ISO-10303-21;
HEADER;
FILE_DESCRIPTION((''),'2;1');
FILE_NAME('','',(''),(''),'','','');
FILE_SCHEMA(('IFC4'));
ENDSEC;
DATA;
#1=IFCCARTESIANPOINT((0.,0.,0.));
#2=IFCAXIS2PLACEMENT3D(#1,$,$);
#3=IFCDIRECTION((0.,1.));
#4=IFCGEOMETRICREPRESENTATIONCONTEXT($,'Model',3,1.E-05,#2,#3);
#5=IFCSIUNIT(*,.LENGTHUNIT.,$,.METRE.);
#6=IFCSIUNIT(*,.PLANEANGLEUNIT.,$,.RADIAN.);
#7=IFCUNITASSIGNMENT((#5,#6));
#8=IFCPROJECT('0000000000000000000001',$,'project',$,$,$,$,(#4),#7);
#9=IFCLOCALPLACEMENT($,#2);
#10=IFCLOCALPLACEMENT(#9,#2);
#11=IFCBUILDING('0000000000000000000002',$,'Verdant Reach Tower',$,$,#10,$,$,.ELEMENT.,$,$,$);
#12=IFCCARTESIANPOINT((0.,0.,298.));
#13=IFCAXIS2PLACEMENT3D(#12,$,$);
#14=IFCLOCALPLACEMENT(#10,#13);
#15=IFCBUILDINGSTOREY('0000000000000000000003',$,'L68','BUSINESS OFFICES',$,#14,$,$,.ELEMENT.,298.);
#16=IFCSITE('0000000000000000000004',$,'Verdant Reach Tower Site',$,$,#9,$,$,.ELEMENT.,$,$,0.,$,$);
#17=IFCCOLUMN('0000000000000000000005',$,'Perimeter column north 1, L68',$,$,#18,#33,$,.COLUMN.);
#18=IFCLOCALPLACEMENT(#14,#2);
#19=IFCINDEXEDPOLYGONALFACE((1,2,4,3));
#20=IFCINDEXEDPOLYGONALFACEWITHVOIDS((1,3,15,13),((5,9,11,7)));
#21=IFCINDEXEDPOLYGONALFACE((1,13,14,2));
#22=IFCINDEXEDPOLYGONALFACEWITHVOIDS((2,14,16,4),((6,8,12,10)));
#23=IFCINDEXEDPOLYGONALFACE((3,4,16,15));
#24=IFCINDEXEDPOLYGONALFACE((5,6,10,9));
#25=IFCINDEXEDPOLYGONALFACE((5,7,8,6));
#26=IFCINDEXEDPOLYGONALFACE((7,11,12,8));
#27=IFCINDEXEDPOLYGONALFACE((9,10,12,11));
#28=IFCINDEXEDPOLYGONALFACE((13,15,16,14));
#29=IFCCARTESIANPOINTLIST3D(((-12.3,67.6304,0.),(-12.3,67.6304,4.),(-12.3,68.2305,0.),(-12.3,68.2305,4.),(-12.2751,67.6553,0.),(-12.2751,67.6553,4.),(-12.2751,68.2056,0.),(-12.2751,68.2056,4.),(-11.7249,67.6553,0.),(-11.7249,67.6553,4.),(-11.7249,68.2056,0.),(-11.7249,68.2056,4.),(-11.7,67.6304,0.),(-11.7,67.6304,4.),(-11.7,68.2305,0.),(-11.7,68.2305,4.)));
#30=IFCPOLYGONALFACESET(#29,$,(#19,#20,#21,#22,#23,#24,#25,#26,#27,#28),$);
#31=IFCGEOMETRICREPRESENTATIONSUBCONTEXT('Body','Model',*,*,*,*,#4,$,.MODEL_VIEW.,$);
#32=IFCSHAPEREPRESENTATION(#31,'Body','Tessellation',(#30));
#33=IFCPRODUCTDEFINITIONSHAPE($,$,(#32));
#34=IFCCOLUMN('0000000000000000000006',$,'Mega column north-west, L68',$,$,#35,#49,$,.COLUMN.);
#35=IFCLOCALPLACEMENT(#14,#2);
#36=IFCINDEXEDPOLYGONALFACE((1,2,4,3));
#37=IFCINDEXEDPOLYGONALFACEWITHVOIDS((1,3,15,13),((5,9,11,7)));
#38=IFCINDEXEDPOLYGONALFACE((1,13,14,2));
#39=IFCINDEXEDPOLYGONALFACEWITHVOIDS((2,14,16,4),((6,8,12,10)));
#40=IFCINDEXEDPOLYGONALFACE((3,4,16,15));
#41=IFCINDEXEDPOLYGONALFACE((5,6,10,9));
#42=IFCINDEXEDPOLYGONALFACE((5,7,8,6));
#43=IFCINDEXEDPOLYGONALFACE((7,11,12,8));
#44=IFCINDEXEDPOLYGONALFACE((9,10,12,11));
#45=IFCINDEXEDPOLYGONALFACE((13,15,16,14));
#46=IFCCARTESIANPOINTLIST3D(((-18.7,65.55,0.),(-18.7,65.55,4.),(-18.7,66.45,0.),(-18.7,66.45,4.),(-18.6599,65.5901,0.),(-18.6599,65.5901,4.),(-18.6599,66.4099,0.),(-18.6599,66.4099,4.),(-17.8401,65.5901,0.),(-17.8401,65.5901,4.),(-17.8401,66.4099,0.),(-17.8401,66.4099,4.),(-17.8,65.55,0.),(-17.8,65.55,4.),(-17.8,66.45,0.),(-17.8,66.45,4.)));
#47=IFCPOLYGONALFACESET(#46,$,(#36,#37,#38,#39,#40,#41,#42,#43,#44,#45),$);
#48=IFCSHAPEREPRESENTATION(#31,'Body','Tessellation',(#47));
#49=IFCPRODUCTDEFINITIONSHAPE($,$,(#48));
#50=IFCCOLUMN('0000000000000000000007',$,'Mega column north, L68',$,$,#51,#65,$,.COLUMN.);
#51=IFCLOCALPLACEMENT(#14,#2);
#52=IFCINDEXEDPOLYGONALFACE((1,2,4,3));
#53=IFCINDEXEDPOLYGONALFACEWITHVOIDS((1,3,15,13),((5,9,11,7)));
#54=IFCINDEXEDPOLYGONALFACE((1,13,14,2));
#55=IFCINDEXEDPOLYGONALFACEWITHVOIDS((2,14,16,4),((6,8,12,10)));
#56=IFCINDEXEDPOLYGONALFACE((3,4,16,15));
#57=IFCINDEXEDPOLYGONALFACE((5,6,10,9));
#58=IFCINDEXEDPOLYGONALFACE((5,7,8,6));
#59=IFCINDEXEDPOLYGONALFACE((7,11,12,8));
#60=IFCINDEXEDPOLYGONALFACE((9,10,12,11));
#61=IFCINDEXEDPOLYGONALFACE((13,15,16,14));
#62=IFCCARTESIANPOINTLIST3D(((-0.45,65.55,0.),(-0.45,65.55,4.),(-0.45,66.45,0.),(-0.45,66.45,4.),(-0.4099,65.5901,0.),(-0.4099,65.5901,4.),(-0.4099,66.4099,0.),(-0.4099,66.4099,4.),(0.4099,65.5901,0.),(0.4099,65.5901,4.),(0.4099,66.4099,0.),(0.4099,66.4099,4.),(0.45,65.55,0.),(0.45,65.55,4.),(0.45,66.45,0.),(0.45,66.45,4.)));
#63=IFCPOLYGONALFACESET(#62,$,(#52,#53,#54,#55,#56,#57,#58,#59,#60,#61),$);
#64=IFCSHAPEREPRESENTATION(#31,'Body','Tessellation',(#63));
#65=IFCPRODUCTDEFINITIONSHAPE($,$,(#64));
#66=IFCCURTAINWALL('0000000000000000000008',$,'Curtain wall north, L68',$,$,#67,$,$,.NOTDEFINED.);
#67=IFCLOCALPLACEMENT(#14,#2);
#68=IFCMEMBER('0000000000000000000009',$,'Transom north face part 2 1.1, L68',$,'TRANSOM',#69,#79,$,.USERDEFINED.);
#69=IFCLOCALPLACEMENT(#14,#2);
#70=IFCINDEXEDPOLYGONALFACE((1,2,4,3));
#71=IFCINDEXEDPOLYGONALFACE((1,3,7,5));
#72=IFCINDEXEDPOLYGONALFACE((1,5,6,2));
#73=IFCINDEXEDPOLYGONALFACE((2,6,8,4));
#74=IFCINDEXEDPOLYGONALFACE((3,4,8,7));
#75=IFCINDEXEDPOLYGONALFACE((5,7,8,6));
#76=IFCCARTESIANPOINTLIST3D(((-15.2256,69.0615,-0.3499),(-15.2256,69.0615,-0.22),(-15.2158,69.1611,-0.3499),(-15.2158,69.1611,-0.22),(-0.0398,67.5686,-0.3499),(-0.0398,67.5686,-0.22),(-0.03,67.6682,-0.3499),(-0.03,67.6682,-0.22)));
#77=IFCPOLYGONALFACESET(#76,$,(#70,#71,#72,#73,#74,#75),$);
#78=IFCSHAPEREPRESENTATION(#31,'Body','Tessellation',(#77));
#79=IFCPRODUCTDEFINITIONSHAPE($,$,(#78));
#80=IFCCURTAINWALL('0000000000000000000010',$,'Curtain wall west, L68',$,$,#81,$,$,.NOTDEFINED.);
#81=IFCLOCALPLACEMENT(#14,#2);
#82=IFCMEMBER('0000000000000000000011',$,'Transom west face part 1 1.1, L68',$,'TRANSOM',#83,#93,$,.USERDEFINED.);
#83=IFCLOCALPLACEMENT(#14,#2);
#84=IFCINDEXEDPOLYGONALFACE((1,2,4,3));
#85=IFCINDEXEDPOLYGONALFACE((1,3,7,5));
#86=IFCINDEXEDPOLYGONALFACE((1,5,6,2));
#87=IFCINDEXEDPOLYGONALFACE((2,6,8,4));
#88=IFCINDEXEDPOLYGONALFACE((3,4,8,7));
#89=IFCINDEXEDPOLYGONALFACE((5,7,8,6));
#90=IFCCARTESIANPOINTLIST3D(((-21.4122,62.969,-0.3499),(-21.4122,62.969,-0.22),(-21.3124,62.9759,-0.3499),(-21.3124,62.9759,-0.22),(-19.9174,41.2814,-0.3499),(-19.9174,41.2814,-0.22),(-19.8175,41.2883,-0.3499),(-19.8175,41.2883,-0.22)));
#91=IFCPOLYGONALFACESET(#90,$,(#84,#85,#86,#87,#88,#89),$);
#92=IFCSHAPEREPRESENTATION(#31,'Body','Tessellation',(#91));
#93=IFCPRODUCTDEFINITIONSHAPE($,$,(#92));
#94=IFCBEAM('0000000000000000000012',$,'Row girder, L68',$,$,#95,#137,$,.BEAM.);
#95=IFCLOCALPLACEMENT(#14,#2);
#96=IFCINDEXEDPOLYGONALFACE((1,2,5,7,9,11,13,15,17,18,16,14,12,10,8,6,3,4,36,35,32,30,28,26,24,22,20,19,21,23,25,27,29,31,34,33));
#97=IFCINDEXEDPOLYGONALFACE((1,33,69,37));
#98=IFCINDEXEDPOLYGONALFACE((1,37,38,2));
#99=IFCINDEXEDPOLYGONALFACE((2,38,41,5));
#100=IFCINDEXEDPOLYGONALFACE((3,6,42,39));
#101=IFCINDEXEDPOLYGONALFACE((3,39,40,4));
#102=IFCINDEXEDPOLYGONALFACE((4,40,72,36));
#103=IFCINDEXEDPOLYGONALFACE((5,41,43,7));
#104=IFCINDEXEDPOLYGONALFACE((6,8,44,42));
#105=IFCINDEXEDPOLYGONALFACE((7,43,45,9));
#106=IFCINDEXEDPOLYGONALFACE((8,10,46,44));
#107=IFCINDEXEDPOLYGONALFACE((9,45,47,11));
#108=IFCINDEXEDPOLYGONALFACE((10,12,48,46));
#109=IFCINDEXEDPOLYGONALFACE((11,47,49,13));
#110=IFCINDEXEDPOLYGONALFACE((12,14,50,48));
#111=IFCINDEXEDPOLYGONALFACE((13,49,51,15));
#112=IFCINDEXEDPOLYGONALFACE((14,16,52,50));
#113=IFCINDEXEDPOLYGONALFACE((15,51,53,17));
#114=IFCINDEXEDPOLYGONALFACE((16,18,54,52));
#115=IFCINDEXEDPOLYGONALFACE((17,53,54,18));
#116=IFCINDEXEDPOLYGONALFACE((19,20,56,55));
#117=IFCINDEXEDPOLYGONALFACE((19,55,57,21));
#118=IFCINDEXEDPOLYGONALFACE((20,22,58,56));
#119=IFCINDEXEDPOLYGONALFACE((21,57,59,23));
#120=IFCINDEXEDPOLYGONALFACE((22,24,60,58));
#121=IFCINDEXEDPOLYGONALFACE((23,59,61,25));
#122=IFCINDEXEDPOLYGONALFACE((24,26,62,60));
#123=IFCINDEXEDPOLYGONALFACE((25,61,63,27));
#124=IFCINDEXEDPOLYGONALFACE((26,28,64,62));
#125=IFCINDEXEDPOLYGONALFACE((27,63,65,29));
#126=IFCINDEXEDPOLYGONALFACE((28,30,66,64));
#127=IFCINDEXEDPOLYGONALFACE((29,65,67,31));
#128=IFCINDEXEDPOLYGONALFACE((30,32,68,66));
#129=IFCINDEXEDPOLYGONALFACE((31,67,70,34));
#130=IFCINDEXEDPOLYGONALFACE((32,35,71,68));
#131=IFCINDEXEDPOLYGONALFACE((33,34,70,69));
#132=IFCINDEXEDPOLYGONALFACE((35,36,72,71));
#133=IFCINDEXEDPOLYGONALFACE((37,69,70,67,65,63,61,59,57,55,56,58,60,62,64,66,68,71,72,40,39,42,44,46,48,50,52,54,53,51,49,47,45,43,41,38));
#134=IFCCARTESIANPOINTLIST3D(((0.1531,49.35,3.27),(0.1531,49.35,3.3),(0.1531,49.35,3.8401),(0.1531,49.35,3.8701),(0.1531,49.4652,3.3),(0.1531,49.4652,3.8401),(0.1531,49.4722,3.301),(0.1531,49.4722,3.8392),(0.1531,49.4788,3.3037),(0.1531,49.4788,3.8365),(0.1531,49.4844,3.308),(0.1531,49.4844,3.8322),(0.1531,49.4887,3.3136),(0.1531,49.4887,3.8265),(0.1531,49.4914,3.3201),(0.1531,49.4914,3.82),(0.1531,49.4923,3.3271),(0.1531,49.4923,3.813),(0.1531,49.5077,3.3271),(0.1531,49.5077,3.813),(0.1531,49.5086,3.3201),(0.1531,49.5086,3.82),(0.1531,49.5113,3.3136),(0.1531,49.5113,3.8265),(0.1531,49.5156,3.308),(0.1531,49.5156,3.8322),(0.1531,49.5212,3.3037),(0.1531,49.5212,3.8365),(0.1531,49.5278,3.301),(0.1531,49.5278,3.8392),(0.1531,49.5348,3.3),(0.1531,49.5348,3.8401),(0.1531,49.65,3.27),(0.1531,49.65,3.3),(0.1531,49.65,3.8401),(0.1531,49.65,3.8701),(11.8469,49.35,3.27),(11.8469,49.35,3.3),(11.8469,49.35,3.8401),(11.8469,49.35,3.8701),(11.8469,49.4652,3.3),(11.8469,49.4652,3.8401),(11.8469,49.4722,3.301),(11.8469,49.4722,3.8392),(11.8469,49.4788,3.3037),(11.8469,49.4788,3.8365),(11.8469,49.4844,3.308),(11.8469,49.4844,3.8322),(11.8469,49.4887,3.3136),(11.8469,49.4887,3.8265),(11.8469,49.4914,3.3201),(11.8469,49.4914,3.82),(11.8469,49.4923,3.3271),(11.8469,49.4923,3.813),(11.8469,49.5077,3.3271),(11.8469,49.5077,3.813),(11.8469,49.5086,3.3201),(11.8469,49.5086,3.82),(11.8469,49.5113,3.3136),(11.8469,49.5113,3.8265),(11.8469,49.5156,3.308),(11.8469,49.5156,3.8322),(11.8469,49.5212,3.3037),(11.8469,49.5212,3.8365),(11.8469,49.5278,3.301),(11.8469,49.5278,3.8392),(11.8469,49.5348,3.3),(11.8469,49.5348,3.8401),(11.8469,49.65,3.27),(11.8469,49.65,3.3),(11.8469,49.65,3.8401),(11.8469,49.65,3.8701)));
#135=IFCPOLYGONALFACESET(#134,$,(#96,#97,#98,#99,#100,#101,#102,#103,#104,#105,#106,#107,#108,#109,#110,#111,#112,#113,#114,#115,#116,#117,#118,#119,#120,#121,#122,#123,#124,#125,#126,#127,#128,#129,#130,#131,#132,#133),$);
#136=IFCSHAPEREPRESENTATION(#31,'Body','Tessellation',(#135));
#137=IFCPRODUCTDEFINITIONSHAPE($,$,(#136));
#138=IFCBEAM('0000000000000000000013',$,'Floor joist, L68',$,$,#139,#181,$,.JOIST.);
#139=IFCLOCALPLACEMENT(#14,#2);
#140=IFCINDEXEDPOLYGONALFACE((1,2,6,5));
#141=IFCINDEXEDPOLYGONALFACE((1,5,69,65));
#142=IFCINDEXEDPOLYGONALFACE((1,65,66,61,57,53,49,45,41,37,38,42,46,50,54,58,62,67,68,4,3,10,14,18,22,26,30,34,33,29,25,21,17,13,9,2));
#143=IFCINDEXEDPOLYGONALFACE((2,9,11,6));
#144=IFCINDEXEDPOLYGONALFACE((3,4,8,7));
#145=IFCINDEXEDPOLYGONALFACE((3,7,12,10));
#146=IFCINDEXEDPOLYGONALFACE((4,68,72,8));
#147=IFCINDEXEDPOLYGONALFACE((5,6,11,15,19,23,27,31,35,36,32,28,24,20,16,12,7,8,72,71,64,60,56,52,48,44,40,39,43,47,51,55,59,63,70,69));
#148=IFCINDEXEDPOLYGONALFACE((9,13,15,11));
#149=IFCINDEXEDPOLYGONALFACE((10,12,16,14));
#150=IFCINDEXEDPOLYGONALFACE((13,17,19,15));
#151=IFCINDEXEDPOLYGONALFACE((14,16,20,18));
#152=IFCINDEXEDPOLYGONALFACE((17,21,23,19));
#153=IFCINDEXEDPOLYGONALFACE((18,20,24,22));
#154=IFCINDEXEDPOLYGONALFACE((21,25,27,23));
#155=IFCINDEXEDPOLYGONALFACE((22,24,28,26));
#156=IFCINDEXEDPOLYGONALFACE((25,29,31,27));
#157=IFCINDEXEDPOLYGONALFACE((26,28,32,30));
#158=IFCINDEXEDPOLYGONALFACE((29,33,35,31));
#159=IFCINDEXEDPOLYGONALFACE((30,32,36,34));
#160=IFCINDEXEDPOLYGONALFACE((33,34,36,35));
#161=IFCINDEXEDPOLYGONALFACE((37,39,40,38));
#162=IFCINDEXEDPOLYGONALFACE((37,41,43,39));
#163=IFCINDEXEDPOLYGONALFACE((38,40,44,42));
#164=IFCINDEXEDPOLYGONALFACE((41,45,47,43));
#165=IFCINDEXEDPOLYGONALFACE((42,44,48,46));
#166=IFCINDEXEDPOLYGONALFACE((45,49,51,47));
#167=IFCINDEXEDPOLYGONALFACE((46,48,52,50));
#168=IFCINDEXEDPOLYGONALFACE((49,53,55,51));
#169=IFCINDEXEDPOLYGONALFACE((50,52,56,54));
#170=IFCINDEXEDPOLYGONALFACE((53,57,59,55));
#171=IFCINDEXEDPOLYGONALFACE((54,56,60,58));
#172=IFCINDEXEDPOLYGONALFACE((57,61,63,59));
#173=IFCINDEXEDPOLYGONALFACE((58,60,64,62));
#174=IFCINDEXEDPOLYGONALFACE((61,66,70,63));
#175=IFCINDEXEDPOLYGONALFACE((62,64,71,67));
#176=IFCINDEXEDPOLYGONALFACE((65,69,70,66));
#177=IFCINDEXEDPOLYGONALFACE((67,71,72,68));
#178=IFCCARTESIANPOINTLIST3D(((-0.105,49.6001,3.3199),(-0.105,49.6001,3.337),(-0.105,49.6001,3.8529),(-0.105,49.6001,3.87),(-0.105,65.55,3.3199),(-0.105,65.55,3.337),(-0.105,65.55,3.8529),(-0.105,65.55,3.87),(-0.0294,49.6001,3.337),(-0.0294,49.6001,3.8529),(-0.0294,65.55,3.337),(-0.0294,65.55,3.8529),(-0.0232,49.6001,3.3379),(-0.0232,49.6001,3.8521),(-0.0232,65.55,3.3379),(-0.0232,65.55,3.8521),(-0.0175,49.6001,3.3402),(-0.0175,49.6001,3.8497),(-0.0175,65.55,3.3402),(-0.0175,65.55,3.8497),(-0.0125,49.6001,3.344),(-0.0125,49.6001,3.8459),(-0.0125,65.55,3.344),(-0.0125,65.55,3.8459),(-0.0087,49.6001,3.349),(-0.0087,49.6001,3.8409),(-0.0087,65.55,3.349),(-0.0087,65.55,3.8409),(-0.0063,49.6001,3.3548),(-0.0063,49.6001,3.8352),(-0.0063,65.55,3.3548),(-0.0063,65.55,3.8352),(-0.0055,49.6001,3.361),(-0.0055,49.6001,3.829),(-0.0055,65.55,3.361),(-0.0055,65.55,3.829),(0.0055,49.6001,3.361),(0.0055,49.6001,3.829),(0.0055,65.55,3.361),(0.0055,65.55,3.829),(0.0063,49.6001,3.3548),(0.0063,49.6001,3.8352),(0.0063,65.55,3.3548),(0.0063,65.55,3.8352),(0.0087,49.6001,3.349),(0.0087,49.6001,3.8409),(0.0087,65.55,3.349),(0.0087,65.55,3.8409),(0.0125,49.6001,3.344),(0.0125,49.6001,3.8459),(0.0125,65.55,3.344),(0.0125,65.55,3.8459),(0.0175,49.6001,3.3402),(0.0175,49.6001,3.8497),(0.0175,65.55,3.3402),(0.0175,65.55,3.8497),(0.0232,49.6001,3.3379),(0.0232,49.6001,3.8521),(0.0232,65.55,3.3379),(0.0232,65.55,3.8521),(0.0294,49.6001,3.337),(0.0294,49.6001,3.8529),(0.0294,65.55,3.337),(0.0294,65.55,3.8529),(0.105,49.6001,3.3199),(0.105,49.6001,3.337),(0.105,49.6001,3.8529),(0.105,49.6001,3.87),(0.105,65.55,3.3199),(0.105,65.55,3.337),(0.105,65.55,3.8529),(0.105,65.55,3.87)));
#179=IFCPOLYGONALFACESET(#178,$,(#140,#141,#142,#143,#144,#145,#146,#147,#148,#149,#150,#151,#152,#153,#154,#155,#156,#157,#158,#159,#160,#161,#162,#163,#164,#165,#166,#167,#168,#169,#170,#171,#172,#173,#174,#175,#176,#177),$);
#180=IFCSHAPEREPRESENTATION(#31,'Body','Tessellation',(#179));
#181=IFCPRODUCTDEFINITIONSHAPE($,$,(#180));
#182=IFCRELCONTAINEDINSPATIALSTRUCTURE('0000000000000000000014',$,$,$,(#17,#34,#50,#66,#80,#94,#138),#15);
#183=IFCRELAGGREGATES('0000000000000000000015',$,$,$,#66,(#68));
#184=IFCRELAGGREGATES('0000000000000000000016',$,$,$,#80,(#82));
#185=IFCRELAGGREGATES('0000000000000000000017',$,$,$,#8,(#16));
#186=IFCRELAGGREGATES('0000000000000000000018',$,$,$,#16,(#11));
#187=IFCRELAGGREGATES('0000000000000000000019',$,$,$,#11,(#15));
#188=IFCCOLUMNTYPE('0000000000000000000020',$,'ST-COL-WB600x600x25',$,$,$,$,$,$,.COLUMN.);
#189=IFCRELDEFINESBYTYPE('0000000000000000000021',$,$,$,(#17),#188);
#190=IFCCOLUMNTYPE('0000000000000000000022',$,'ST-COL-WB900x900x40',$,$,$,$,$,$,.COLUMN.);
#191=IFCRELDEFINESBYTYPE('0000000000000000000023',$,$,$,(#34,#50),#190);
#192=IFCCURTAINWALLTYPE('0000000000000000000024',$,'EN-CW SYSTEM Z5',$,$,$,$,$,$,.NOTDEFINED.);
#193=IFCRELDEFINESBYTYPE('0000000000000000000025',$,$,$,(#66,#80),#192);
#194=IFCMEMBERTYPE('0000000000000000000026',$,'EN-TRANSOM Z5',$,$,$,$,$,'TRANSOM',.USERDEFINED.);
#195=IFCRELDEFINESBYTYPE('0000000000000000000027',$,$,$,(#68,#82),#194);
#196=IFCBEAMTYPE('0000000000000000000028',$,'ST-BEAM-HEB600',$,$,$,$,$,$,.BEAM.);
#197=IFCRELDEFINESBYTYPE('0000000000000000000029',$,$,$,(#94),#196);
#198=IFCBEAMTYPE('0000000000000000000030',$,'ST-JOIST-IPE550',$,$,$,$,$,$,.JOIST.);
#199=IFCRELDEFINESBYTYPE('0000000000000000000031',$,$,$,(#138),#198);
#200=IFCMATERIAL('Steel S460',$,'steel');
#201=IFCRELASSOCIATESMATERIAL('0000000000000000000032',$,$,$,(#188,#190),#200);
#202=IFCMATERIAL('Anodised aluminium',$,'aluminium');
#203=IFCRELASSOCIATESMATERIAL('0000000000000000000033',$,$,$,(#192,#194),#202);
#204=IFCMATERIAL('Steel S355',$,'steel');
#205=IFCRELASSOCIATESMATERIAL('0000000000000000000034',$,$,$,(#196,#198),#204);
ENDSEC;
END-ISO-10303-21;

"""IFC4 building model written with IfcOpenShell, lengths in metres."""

from ifc_helpers import new_model, si_unit, direction, frame, origin, origin_2d, place, context, subcontext, project, spatial, rectangle, hollow_rectangle, i_section, extrude, material, material_profile, profile_set, type_object, element, aggregate, save


model = new_model("IFC4")

# Units and contexts
model_context = context("Model", 3, precision=1e-05, world=origin(), true_north=direction((0.0, 1.0)))
body_context = subcontext(model_context, "Body", "Model", "MODEL_VIEW")
ifc_project = project(units=[si_unit("LENGTHUNIT", "METRE"), si_unit("PLANEANGLEUNIT", "RADIAN")], contexts=[model_context])

# Site, building, storey
site_placement = place(None, origin())
site = spatial("IfcSite", under=ifc_project, at=site_placement, Name="Verdant Reach Tower Site", CompositionType="ELEMENT", RefElevation=0.0)
building_placement = place(site_placement, origin())
building = spatial("IfcBuilding", under=site, at=building_placement, Name="Verdant Reach Tower", CompositionType="ELEMENT")
storey_placement = place(building_placement, frame((0.0, 0.0, 298.0)))
storey = spatial("IfcBuildingStorey", under=building, at=storey_placement, Name="L68", Description="BUSINESS OFFICES", CompositionType="ELEMENT", Elevation=298.0)

# Columns
ifc_material_1 = material(Name="Steel S460", Category="steel")
ifc_material_profile_1 = material_profile(ifc_material_1, hollow_rectangle(XDim=0.6001, YDim=0.6001, WallThickness=0.0249, at=origin_2d()), Name="WB 600x600x25")
ifc_profile_set_1 = profile_set([ifc_material_profile_1], Name="Steel S460")
column_type_1 = type_object("IfcColumnType", Name="ST-COL-WB600x600x25", PredefinedType="COLUMN", material=ifc_profile_set_1)
column_placement = place(storey_placement, frame((-12.0, 67.9304, 0.0), z_axis=(0.0, 0.0, 1.0), x_axis=(1.0, 0.0, 0.0)))
element("IfcColumn", 1, at=column_placement, inside=storey, type_object=column_type_1, Name="Perimeter column north 1, L68", PredefinedType="COLUMN", context=body_context, shape_type="SweptSolid", body=[
    extrude(hollow_rectangle(XDim=0.6001, YDim=0.6001, WallThickness=0.0249, at=origin_2d()), origin(), (0.0, 0.0, 1.0), 4.0),
])
ifc_material_profile_2 = material_profile(ifc_material_1, hollow_rectangle(XDim=0.8999, YDim=0.8999, WallThickness=0.04, at=origin_2d()), Name="WB 900x900x40")
ifc_profile_set_2 = profile_set([ifc_material_profile_2], Name="Steel S460")
column_type_2 = type_object("IfcColumnType", Name="ST-COL-WB900x900x40", PredefinedType="COLUMN", material=ifc_profile_set_2)
for number, where, z_axis, x_axis, name in (
    (2, (-18.25, 66.0, 0.0), (0.0, 0.0, 1.0), (1.0, 0.0, 0.0), "Mega column north-west, L68"),
    (3, (0.0, 66.0, 0.0), (0.0, 0.0, 1.0), (1.0, 0.0, 0.0), "Mega column north, L68"),
):
    element("IfcColumn", number, at=place(storey_placement, frame(where, z_axis=z_axis, x_axis=x_axis)), inside=storey, type_object=column_type_2, Name=name, PredefinedType="COLUMN", context=body_context, shape_type="SweptSolid", body=[
        extrude(hollow_rectangle(XDim=0.8999, YDim=0.8999, WallThickness=0.04, at=origin_2d()), origin(), (0.0, 0.0, 1.0), 4.0),
    ])

# Curtain walls, members
ifc_material_2 = material(Name="Anodised aluminium", Category="aluminium")
curtain_wall_type = type_object("IfcCurtainWallType", Name="EN-CW SYSTEM Z5", PredefinedType="NOTDEFINED", material=ifc_material_2)
curtain_wall_1_placement = place(storey_placement, origin())
curtain_wall_1 = element("IfcCurtainWall", 4, at=curtain_wall_1_placement, inside=storey, type_object=curtain_wall_type, Name="Curtain wall north, L68", PredefinedType="NOTDEFINED")
ifc_material_profile_3 = material_profile(ifc_material_2, rectangle(XDim=0.1001, YDim=0.1299, at=origin_2d()), Name="Transom 130x100")
ifc_profile_set_3 = profile_set([ifc_material_profile_3], Name="Anodised aluminium")
member_type = type_object("IfcMemberType", Name="EN-TRANSOM Z5", ElementType="TRANSOM", PredefinedType="USERDEFINED", material=ifc_profile_set_3)
member_1_placement = place(storey_placement, frame((-0.0349, 67.6184, -0.2849), z_axis=(-0.995202, 0.097839, 0.0), x_axis=(-0.097839, -0.995202, 0.0)))
member_1 = element("IfcMember", 5, at=member_1_placement, type_object=member_type, Name="Transom north face part 2 1.1, L68", ObjectType="TRANSOM", PredefinedType="USERDEFINED", context=body_context, shape_type="SweptSolid", body=[
    extrude(rectangle(XDim=0.1001, YDim=0.1299, at=origin_2d()), origin(), (0.0, 0.0, 1.0), 15.259),
])
curtain_wall_2_placement = place(storey_placement, origin())
curtain_wall_2 = element("IfcCurtainWall", 6, at=curtain_wall_2_placement, inside=storey, type_object=curtain_wall_type, Name="Curtain wall west, L68", PredefinedType="NOTDEFINED")
member_2_placement = place(storey_placement, frame((-21.3623, 62.9724, -0.2849), z_axis=(0.068765, -0.997633, 0.0), x_axis=(0.997633, 0.068765, 0.0)))
member_2 = element("IfcMember", 7, at=member_2_placement, type_object=member_type, Name="Transom west face part 1 1.1, L68", ObjectType="TRANSOM", PredefinedType="USERDEFINED", context=body_context, shape_type="SweptSolid", body=[
    extrude(rectangle(XDim=0.1001, YDim=0.1299, at=origin_2d()), origin(), (0.0, 0.0, 1.0), 21.739),
])

# Beams
ifc_material_3 = material(Name="Steel S355", Category="steel")
ifc_material_profile_4 = material_profile(ifc_material_3, i_section(OverallWidth=0.3, OverallDepth=0.6001, WebThickness=0.0154, FlangeThickness=0.03, FilletRadius=0.0271, at=origin_2d()), Name="HEB 600")
ifc_profile_set_4 = profile_set([ifc_material_profile_4], Name="Steel S355")
beam_type_1 = type_object("IfcBeamType", Name="ST-BEAM-HEB600", PredefinedType="BEAM", material=ifc_profile_set_4)
beam_1_placement = place(storey_placement, frame((0.1531, 49.5, 3.5701), z_axis=(1.0, 0.0, 0.0), x_axis=(0.0, 1.0, 0.0)))
element("IfcBeam", 8, at=beam_1_placement, inside=storey, type_object=beam_type_1, Name="Row girder, L68", PredefinedType="BEAM", context=body_context, shape_type="SweptSolid", body=[
    extrude(i_section(OverallWidth=0.3, OverallDepth=0.6001, WebThickness=0.0154, FlangeThickness=0.03, FilletRadius=0.0271, at=origin_2d()), origin(), (0.0, 0.0, 1.0), 11.6938),
])
ifc_material_profile_5 = material_profile(ifc_material_3, i_section(OverallWidth=0.21, OverallDepth=0.55, WebThickness=0.011, FlangeThickness=0.0171, FilletRadius=0.0239, at=origin_2d()), Name="IPE 550")
ifc_profile_set_5 = profile_set([ifc_material_profile_5], Name="Steel S355")
beam_type_2 = type_object("IfcBeamType", Name="ST-JOIST-IPE550", PredefinedType="JOIST", material=ifc_profile_set_5)
beam_2_placement = place(storey_placement, frame((0.0, 49.6001, 3.595), z_axis=(0.0, 1.0, 0.0), x_axis=(-1.0, 0.0, 0.0)))
element("IfcBeam", 9, at=beam_2_placement, inside=storey, type_object=beam_type_2, Name="Floor joist, L68", PredefinedType="JOIST", context=body_context, shape_type="SweptSolid", body=[
    extrude(i_section(OverallWidth=0.21, OverallDepth=0.55, WebThickness=0.011, FlangeThickness=0.0171, FilletRadius=0.0239, at=origin_2d()), origin(), (0.0, 0.0, 1.0), 15.95),
])

aggregate(curtain_wall_1, [member_1])
aggregate(curtain_wall_2, [member_2])

save(model, "model.ifc")
